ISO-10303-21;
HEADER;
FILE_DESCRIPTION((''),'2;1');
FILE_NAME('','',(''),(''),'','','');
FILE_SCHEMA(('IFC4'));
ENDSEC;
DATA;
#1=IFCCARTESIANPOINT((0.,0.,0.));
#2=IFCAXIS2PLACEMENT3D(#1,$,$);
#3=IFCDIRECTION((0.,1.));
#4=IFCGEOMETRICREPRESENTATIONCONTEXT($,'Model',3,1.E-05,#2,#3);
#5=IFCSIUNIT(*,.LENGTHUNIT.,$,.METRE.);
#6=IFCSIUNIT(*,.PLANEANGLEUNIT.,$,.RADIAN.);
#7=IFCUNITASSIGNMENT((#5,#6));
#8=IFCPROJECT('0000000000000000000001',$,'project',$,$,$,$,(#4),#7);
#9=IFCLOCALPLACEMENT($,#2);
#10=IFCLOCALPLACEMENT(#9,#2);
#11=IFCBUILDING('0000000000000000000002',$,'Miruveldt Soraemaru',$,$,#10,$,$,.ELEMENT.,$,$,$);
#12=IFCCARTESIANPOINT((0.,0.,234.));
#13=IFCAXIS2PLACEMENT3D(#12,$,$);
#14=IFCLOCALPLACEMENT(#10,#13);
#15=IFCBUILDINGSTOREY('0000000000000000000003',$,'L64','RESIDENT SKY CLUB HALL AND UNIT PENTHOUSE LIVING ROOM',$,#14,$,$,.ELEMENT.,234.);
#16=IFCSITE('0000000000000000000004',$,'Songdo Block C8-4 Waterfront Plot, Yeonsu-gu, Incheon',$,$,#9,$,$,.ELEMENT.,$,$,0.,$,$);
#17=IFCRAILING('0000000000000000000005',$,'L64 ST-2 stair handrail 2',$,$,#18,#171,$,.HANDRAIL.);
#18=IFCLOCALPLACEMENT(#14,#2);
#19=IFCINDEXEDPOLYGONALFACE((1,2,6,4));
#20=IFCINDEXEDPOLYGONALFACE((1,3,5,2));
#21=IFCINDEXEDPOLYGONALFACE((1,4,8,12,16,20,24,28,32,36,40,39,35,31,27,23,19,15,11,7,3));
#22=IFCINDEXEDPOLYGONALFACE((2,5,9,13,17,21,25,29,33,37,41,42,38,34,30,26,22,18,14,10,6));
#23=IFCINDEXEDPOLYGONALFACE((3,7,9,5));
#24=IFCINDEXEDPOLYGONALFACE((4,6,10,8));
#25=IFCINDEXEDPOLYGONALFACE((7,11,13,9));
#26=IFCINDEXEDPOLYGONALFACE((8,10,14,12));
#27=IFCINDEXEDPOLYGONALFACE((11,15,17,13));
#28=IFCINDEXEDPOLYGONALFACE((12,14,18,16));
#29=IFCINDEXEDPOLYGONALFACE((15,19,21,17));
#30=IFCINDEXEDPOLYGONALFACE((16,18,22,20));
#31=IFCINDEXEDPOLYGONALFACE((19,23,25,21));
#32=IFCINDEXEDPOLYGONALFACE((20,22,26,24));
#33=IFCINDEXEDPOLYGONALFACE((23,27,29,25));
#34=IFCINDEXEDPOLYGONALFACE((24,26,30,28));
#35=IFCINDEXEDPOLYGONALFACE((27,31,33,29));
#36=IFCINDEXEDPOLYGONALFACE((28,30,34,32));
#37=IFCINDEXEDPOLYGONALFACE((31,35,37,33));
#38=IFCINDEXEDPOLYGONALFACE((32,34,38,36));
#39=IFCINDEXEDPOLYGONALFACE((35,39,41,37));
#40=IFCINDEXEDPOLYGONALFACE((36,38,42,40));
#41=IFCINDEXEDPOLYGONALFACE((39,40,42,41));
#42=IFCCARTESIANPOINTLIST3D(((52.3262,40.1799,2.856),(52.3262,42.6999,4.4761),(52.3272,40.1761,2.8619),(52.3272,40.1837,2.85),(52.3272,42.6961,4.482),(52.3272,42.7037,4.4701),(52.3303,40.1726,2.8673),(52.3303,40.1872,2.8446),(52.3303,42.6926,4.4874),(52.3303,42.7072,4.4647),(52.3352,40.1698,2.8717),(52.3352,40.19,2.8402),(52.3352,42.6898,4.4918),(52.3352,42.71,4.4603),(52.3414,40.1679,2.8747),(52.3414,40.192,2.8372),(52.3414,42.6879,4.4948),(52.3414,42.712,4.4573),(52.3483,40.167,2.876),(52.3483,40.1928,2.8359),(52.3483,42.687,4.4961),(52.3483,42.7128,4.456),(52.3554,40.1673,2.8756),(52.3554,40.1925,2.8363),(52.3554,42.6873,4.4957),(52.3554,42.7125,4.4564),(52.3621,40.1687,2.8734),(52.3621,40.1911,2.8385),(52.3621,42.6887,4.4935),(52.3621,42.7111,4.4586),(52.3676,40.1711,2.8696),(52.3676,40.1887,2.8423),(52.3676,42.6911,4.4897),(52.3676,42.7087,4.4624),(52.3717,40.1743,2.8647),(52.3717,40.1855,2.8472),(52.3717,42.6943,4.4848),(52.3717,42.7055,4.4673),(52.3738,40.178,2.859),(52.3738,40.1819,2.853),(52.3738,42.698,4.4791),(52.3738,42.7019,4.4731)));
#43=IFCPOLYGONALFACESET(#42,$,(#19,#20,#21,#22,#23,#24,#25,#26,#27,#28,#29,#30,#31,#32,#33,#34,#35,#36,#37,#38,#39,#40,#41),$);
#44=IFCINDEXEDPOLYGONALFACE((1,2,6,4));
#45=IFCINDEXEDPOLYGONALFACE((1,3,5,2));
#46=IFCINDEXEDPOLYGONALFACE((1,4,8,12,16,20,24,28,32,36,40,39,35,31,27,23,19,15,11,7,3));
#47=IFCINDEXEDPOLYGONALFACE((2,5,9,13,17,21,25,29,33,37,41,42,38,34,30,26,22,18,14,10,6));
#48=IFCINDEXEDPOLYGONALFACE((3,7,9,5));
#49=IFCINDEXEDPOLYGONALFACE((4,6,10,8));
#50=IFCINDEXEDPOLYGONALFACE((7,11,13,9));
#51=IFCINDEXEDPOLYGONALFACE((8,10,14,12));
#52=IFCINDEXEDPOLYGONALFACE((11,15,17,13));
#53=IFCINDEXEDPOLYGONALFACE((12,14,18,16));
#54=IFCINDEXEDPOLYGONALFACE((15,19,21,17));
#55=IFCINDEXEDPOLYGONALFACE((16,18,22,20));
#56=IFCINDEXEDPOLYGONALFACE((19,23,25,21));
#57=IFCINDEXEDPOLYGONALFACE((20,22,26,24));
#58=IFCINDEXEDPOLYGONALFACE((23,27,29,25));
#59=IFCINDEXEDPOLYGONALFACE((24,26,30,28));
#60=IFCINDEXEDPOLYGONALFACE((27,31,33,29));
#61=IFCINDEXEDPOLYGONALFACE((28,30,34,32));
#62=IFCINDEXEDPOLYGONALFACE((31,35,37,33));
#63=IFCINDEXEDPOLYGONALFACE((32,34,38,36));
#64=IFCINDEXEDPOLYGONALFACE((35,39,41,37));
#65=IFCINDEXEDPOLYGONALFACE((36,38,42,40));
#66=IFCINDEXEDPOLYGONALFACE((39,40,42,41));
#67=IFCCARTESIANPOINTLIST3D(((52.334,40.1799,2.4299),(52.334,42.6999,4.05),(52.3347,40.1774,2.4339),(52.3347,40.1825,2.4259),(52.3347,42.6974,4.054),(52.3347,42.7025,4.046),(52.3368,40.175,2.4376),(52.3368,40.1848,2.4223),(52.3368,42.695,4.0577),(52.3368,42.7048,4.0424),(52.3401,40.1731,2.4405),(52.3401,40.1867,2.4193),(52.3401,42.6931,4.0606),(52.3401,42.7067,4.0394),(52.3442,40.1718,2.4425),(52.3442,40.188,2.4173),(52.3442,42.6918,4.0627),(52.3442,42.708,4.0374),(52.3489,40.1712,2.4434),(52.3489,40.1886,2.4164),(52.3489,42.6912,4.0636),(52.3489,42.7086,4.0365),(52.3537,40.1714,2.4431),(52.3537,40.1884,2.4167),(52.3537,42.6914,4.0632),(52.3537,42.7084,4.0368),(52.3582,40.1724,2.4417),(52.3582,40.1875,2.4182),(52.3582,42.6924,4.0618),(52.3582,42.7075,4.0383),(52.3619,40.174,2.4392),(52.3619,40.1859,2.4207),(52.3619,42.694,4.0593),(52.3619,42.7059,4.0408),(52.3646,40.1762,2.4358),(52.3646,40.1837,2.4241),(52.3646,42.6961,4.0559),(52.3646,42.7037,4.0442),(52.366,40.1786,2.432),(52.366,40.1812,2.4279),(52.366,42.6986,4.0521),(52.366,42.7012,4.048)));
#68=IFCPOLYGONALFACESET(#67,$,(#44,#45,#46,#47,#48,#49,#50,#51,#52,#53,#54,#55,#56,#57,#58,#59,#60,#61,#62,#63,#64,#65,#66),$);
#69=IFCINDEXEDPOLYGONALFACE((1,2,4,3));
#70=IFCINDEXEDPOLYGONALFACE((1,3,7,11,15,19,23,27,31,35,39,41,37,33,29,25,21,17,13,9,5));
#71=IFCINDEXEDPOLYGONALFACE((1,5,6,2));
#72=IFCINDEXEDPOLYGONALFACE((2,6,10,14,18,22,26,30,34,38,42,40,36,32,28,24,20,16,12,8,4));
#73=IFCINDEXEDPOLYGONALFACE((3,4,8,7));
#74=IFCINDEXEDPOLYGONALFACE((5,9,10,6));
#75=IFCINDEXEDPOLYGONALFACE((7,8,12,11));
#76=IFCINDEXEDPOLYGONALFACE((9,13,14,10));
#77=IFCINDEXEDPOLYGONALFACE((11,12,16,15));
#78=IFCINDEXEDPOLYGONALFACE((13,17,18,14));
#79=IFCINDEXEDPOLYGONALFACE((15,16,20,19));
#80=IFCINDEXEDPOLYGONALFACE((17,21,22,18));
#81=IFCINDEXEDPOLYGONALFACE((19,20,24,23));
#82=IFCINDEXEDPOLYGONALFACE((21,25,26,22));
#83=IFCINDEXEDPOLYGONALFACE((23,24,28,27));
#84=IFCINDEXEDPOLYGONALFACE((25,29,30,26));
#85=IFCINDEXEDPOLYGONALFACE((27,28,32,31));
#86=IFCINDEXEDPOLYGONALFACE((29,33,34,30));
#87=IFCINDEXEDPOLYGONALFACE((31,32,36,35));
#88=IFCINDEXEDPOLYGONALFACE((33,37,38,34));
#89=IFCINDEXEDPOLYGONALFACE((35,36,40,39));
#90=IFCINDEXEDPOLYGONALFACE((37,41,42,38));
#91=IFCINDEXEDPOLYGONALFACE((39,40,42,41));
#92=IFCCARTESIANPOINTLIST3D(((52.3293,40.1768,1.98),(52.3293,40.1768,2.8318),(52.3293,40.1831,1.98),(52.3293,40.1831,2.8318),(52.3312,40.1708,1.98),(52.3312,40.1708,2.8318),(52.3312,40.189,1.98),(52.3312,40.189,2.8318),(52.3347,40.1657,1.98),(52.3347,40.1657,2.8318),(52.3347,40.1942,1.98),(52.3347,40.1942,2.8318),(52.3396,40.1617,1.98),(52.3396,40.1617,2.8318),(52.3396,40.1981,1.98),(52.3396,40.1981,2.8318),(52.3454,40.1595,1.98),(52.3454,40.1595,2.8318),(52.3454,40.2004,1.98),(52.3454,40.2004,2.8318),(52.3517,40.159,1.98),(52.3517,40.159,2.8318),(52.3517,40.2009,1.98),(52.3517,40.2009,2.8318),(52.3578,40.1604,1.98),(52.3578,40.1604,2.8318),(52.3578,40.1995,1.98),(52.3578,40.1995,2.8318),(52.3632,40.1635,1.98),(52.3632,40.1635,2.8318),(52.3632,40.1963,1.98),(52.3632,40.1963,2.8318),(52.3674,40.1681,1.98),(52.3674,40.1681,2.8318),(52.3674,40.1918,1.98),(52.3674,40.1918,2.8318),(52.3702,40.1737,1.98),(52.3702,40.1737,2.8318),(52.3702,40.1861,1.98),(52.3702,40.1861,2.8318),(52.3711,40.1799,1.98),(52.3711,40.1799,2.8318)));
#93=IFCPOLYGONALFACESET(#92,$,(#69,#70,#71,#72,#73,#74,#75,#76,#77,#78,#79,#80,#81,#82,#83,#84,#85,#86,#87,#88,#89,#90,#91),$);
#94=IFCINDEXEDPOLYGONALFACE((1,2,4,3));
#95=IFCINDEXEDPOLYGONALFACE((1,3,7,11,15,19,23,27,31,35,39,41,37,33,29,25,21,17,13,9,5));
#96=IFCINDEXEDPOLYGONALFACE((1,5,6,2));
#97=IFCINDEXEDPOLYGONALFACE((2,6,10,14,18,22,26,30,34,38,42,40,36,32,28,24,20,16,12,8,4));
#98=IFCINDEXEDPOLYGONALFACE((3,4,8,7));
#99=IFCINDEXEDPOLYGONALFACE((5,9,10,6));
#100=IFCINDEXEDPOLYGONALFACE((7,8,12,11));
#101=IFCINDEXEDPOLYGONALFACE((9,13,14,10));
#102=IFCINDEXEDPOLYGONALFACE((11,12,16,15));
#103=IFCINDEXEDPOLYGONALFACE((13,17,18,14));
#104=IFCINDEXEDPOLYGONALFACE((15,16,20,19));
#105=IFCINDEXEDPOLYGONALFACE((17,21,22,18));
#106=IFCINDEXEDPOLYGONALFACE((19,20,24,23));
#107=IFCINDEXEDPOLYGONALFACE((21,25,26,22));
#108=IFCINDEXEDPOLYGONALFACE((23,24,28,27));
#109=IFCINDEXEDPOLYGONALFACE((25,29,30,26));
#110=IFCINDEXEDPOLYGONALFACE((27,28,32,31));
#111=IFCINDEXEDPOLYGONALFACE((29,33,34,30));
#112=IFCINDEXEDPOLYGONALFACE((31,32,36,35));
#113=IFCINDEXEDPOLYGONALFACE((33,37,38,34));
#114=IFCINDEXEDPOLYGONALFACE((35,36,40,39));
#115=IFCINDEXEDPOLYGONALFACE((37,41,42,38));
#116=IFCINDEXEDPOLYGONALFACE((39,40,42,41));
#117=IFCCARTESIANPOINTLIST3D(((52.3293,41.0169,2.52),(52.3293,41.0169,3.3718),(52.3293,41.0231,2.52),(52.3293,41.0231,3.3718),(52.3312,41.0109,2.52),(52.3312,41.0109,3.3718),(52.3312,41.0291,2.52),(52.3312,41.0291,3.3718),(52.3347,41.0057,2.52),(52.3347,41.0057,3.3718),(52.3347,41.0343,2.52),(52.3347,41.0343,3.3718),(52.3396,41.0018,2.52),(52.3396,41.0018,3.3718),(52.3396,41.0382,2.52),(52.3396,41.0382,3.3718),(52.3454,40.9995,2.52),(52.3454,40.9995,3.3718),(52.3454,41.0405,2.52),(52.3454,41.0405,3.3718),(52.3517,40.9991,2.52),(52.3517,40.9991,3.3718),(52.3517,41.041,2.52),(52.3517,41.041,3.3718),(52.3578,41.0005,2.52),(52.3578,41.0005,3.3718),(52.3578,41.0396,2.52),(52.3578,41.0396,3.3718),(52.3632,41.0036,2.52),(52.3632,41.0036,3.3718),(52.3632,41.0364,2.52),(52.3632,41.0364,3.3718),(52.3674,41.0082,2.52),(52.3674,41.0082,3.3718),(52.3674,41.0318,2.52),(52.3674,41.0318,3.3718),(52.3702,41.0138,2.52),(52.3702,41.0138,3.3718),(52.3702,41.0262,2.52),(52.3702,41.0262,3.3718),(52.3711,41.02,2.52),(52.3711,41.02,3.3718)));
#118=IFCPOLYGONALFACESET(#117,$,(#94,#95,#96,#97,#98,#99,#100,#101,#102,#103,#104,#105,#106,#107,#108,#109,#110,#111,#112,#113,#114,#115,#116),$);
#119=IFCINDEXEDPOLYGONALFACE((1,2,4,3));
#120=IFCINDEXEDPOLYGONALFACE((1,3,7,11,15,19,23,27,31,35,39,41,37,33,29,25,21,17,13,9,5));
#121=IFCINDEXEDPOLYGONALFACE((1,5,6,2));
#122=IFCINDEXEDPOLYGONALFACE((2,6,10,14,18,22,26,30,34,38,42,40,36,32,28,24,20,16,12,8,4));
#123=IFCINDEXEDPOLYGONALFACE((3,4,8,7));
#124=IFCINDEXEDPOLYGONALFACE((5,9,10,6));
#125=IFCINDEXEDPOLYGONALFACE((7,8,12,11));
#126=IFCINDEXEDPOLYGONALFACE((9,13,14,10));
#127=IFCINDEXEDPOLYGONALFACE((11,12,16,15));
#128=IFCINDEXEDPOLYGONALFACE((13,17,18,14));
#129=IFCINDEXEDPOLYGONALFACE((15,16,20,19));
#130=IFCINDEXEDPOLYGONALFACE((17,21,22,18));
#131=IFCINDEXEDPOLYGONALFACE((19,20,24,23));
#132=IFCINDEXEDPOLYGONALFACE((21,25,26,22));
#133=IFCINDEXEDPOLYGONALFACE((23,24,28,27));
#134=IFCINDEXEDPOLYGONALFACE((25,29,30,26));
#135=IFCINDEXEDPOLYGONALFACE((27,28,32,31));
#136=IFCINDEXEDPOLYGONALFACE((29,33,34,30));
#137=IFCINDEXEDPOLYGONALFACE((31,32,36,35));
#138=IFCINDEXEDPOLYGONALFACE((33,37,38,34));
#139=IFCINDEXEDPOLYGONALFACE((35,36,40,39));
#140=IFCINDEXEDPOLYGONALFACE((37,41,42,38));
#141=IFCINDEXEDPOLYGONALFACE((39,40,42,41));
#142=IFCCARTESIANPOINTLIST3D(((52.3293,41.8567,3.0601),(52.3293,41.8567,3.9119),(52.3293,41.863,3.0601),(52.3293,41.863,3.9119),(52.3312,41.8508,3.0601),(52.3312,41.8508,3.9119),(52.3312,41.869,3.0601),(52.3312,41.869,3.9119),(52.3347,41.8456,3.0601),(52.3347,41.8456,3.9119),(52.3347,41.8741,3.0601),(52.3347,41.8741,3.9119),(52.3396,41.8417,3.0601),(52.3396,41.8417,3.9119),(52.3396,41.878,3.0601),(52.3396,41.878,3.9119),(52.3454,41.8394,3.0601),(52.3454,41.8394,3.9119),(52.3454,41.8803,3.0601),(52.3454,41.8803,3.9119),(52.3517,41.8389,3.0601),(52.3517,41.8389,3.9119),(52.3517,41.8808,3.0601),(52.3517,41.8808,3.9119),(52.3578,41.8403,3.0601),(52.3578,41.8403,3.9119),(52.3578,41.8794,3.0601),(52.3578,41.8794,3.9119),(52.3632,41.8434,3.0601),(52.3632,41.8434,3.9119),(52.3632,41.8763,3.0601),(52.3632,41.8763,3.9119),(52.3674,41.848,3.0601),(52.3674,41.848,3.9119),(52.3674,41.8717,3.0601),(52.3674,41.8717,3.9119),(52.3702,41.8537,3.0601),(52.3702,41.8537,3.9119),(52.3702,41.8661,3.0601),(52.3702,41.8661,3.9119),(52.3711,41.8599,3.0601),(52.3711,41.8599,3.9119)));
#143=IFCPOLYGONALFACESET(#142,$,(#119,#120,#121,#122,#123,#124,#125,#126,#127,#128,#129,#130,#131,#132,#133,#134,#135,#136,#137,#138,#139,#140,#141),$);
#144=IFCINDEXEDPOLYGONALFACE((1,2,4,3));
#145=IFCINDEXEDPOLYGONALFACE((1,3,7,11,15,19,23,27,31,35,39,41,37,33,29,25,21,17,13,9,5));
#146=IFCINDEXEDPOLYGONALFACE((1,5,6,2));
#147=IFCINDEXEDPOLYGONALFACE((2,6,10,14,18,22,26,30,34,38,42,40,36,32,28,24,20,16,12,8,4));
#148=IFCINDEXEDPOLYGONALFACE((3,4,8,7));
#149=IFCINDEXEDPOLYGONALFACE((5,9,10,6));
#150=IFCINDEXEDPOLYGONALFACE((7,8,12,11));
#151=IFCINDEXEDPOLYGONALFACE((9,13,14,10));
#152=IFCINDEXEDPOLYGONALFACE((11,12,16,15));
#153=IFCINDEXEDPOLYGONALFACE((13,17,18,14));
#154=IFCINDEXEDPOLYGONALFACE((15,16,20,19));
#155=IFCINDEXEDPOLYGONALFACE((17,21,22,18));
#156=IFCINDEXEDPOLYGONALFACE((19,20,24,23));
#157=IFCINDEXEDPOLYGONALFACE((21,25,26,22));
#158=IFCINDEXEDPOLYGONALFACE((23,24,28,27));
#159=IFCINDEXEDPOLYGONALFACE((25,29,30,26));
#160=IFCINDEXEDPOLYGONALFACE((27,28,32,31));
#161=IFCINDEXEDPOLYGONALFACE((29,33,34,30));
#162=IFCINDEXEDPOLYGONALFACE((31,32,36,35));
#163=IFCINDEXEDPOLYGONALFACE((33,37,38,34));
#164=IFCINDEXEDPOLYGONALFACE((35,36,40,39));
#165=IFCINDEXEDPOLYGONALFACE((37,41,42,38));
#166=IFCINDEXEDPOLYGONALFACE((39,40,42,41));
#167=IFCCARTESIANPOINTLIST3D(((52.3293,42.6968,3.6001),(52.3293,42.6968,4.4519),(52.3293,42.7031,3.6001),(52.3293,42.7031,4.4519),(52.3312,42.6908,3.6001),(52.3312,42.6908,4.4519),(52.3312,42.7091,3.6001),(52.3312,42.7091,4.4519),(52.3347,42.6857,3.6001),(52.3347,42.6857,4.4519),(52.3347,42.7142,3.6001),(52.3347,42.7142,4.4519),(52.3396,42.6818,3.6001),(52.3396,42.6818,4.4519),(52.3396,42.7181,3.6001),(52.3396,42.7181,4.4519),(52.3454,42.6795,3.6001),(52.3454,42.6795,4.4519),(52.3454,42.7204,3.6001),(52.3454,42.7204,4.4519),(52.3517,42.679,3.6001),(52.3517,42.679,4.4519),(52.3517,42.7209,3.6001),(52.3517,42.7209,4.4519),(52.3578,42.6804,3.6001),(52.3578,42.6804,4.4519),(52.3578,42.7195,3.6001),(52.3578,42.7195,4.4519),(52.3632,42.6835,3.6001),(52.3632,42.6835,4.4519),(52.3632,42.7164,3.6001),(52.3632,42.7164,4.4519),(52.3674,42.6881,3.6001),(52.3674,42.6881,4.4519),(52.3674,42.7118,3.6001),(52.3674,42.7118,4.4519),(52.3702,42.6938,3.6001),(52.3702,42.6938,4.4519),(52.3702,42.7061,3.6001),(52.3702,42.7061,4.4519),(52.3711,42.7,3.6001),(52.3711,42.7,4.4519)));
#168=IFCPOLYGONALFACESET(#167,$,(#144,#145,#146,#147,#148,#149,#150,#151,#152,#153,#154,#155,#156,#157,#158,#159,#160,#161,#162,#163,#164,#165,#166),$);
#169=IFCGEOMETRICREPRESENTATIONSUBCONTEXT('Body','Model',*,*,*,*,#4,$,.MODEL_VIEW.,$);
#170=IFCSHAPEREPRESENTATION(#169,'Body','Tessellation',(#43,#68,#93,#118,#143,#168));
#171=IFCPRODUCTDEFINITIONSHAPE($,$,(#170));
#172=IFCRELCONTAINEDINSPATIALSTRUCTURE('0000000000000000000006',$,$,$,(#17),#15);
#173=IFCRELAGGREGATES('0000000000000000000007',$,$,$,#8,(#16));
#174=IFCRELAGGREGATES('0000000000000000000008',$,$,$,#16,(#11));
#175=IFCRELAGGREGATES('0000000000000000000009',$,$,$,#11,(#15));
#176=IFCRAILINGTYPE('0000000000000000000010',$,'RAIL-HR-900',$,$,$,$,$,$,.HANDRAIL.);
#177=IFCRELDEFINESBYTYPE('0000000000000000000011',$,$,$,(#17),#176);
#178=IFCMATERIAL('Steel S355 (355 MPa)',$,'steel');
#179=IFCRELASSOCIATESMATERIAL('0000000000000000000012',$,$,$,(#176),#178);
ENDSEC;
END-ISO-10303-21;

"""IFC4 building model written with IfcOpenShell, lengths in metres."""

from ifc_helpers import new_model, si_unit, direction, frame, origin, origin_2d, place, context, subcontext, project, spatial, circle, extrude, material, type_object, element, save


model = new_model("IFC4")

# Units and contexts
model_context = context("Model", 3, precision=1e-05, world=origin(), true_north=direction((0.0, 1.0)))
body_context = subcontext(model_context, "Body", "Model", "MODEL_VIEW")
ifc_project = project(units=[si_unit("LENGTHUNIT", "METRE"), si_unit("PLANEANGLEUNIT", "RADIAN")], contexts=[model_context])

# Site, building, storey
site_placement = place(None, origin())
site = spatial("IfcSite", under=ifc_project, at=site_placement, Name="Songdo Block C8-4 Waterfront Plot, Yeonsu-gu, Incheon", CompositionType="ELEMENT", RefElevation=0.0)
building_placement = place(site_placement, origin())
building = spatial("IfcBuilding", under=site, at=building_placement, Name="Miruveldt Soraemaru", CompositionType="ELEMENT")
storey_placement = place(building_placement, frame((0.0, 0.0, 234.0)))
storey = spatial("IfcBuildingStorey", under=building, at=storey_placement, Name="L64", Description="RESIDENT SKY CLUB HALL AND UNIT PENTHOUSE LIVING ROOM", CompositionType="ELEMENT", Elevation=234.0)

# Railing
ifc_material_1 = material(Name="Steel S355 (355 MPa)", Category="steel")
railing_type_1 = type_object("IfcRailingType", Name="RAIL-HR-900", PredefinedType="HANDRAIL", material=ifc_material_1)
railing_1_placement = place(storey_placement, frame((52.3501, 40.1799, 1.98)))
element("IfcRailing", 1, at=railing_1_placement, inside=storey, type_object=railing_type_1, Name="L64 ST-2 stair handrail 2", PredefinedType="HANDRAIL", context=body_context, shape_type="SweptSolid", body=[
    extrude(circle(Radius=0.0239, at=origin_2d()), frame((0.0, 0.0, 0.876), z_axis=(0.0, 0.841163, 0.540782), x_axis=(-1.0, 0.0, 0.0)), (0.0, 0.0, 1.0), 2.9958),
    extrude(circle(Radius=0.0161, at=origin_2d()), frame((0.0, 0.0, 0.45), z_axis=(0.0, 0.841163, 0.540782), x_axis=(-1.0, 0.0, 0.0)), (0.0, 0.0, 1.0), 2.9958),
    extrude(circle(Radius=0.021, at=origin_2d()), origin(), (0.0, 0.0, 1.0), 0.8518),
    extrude(circle(Radius=0.021, at=origin_2d()), frame((0.0, 0.8401, 0.54)), (0.0, 0.0, 1.0), 0.8518),
    extrude(circle(Radius=0.021, at=origin_2d()), frame((0.0, 1.6799, 1.0801)), (0.0, 0.0, 1.0), 0.8518),
    extrude(circle(Radius=0.021, at=origin_2d()), frame((0.0, 2.52, 1.6201)), (0.0, 0.0, 1.0), 0.8518),
])

save(model, "model.ifc")
